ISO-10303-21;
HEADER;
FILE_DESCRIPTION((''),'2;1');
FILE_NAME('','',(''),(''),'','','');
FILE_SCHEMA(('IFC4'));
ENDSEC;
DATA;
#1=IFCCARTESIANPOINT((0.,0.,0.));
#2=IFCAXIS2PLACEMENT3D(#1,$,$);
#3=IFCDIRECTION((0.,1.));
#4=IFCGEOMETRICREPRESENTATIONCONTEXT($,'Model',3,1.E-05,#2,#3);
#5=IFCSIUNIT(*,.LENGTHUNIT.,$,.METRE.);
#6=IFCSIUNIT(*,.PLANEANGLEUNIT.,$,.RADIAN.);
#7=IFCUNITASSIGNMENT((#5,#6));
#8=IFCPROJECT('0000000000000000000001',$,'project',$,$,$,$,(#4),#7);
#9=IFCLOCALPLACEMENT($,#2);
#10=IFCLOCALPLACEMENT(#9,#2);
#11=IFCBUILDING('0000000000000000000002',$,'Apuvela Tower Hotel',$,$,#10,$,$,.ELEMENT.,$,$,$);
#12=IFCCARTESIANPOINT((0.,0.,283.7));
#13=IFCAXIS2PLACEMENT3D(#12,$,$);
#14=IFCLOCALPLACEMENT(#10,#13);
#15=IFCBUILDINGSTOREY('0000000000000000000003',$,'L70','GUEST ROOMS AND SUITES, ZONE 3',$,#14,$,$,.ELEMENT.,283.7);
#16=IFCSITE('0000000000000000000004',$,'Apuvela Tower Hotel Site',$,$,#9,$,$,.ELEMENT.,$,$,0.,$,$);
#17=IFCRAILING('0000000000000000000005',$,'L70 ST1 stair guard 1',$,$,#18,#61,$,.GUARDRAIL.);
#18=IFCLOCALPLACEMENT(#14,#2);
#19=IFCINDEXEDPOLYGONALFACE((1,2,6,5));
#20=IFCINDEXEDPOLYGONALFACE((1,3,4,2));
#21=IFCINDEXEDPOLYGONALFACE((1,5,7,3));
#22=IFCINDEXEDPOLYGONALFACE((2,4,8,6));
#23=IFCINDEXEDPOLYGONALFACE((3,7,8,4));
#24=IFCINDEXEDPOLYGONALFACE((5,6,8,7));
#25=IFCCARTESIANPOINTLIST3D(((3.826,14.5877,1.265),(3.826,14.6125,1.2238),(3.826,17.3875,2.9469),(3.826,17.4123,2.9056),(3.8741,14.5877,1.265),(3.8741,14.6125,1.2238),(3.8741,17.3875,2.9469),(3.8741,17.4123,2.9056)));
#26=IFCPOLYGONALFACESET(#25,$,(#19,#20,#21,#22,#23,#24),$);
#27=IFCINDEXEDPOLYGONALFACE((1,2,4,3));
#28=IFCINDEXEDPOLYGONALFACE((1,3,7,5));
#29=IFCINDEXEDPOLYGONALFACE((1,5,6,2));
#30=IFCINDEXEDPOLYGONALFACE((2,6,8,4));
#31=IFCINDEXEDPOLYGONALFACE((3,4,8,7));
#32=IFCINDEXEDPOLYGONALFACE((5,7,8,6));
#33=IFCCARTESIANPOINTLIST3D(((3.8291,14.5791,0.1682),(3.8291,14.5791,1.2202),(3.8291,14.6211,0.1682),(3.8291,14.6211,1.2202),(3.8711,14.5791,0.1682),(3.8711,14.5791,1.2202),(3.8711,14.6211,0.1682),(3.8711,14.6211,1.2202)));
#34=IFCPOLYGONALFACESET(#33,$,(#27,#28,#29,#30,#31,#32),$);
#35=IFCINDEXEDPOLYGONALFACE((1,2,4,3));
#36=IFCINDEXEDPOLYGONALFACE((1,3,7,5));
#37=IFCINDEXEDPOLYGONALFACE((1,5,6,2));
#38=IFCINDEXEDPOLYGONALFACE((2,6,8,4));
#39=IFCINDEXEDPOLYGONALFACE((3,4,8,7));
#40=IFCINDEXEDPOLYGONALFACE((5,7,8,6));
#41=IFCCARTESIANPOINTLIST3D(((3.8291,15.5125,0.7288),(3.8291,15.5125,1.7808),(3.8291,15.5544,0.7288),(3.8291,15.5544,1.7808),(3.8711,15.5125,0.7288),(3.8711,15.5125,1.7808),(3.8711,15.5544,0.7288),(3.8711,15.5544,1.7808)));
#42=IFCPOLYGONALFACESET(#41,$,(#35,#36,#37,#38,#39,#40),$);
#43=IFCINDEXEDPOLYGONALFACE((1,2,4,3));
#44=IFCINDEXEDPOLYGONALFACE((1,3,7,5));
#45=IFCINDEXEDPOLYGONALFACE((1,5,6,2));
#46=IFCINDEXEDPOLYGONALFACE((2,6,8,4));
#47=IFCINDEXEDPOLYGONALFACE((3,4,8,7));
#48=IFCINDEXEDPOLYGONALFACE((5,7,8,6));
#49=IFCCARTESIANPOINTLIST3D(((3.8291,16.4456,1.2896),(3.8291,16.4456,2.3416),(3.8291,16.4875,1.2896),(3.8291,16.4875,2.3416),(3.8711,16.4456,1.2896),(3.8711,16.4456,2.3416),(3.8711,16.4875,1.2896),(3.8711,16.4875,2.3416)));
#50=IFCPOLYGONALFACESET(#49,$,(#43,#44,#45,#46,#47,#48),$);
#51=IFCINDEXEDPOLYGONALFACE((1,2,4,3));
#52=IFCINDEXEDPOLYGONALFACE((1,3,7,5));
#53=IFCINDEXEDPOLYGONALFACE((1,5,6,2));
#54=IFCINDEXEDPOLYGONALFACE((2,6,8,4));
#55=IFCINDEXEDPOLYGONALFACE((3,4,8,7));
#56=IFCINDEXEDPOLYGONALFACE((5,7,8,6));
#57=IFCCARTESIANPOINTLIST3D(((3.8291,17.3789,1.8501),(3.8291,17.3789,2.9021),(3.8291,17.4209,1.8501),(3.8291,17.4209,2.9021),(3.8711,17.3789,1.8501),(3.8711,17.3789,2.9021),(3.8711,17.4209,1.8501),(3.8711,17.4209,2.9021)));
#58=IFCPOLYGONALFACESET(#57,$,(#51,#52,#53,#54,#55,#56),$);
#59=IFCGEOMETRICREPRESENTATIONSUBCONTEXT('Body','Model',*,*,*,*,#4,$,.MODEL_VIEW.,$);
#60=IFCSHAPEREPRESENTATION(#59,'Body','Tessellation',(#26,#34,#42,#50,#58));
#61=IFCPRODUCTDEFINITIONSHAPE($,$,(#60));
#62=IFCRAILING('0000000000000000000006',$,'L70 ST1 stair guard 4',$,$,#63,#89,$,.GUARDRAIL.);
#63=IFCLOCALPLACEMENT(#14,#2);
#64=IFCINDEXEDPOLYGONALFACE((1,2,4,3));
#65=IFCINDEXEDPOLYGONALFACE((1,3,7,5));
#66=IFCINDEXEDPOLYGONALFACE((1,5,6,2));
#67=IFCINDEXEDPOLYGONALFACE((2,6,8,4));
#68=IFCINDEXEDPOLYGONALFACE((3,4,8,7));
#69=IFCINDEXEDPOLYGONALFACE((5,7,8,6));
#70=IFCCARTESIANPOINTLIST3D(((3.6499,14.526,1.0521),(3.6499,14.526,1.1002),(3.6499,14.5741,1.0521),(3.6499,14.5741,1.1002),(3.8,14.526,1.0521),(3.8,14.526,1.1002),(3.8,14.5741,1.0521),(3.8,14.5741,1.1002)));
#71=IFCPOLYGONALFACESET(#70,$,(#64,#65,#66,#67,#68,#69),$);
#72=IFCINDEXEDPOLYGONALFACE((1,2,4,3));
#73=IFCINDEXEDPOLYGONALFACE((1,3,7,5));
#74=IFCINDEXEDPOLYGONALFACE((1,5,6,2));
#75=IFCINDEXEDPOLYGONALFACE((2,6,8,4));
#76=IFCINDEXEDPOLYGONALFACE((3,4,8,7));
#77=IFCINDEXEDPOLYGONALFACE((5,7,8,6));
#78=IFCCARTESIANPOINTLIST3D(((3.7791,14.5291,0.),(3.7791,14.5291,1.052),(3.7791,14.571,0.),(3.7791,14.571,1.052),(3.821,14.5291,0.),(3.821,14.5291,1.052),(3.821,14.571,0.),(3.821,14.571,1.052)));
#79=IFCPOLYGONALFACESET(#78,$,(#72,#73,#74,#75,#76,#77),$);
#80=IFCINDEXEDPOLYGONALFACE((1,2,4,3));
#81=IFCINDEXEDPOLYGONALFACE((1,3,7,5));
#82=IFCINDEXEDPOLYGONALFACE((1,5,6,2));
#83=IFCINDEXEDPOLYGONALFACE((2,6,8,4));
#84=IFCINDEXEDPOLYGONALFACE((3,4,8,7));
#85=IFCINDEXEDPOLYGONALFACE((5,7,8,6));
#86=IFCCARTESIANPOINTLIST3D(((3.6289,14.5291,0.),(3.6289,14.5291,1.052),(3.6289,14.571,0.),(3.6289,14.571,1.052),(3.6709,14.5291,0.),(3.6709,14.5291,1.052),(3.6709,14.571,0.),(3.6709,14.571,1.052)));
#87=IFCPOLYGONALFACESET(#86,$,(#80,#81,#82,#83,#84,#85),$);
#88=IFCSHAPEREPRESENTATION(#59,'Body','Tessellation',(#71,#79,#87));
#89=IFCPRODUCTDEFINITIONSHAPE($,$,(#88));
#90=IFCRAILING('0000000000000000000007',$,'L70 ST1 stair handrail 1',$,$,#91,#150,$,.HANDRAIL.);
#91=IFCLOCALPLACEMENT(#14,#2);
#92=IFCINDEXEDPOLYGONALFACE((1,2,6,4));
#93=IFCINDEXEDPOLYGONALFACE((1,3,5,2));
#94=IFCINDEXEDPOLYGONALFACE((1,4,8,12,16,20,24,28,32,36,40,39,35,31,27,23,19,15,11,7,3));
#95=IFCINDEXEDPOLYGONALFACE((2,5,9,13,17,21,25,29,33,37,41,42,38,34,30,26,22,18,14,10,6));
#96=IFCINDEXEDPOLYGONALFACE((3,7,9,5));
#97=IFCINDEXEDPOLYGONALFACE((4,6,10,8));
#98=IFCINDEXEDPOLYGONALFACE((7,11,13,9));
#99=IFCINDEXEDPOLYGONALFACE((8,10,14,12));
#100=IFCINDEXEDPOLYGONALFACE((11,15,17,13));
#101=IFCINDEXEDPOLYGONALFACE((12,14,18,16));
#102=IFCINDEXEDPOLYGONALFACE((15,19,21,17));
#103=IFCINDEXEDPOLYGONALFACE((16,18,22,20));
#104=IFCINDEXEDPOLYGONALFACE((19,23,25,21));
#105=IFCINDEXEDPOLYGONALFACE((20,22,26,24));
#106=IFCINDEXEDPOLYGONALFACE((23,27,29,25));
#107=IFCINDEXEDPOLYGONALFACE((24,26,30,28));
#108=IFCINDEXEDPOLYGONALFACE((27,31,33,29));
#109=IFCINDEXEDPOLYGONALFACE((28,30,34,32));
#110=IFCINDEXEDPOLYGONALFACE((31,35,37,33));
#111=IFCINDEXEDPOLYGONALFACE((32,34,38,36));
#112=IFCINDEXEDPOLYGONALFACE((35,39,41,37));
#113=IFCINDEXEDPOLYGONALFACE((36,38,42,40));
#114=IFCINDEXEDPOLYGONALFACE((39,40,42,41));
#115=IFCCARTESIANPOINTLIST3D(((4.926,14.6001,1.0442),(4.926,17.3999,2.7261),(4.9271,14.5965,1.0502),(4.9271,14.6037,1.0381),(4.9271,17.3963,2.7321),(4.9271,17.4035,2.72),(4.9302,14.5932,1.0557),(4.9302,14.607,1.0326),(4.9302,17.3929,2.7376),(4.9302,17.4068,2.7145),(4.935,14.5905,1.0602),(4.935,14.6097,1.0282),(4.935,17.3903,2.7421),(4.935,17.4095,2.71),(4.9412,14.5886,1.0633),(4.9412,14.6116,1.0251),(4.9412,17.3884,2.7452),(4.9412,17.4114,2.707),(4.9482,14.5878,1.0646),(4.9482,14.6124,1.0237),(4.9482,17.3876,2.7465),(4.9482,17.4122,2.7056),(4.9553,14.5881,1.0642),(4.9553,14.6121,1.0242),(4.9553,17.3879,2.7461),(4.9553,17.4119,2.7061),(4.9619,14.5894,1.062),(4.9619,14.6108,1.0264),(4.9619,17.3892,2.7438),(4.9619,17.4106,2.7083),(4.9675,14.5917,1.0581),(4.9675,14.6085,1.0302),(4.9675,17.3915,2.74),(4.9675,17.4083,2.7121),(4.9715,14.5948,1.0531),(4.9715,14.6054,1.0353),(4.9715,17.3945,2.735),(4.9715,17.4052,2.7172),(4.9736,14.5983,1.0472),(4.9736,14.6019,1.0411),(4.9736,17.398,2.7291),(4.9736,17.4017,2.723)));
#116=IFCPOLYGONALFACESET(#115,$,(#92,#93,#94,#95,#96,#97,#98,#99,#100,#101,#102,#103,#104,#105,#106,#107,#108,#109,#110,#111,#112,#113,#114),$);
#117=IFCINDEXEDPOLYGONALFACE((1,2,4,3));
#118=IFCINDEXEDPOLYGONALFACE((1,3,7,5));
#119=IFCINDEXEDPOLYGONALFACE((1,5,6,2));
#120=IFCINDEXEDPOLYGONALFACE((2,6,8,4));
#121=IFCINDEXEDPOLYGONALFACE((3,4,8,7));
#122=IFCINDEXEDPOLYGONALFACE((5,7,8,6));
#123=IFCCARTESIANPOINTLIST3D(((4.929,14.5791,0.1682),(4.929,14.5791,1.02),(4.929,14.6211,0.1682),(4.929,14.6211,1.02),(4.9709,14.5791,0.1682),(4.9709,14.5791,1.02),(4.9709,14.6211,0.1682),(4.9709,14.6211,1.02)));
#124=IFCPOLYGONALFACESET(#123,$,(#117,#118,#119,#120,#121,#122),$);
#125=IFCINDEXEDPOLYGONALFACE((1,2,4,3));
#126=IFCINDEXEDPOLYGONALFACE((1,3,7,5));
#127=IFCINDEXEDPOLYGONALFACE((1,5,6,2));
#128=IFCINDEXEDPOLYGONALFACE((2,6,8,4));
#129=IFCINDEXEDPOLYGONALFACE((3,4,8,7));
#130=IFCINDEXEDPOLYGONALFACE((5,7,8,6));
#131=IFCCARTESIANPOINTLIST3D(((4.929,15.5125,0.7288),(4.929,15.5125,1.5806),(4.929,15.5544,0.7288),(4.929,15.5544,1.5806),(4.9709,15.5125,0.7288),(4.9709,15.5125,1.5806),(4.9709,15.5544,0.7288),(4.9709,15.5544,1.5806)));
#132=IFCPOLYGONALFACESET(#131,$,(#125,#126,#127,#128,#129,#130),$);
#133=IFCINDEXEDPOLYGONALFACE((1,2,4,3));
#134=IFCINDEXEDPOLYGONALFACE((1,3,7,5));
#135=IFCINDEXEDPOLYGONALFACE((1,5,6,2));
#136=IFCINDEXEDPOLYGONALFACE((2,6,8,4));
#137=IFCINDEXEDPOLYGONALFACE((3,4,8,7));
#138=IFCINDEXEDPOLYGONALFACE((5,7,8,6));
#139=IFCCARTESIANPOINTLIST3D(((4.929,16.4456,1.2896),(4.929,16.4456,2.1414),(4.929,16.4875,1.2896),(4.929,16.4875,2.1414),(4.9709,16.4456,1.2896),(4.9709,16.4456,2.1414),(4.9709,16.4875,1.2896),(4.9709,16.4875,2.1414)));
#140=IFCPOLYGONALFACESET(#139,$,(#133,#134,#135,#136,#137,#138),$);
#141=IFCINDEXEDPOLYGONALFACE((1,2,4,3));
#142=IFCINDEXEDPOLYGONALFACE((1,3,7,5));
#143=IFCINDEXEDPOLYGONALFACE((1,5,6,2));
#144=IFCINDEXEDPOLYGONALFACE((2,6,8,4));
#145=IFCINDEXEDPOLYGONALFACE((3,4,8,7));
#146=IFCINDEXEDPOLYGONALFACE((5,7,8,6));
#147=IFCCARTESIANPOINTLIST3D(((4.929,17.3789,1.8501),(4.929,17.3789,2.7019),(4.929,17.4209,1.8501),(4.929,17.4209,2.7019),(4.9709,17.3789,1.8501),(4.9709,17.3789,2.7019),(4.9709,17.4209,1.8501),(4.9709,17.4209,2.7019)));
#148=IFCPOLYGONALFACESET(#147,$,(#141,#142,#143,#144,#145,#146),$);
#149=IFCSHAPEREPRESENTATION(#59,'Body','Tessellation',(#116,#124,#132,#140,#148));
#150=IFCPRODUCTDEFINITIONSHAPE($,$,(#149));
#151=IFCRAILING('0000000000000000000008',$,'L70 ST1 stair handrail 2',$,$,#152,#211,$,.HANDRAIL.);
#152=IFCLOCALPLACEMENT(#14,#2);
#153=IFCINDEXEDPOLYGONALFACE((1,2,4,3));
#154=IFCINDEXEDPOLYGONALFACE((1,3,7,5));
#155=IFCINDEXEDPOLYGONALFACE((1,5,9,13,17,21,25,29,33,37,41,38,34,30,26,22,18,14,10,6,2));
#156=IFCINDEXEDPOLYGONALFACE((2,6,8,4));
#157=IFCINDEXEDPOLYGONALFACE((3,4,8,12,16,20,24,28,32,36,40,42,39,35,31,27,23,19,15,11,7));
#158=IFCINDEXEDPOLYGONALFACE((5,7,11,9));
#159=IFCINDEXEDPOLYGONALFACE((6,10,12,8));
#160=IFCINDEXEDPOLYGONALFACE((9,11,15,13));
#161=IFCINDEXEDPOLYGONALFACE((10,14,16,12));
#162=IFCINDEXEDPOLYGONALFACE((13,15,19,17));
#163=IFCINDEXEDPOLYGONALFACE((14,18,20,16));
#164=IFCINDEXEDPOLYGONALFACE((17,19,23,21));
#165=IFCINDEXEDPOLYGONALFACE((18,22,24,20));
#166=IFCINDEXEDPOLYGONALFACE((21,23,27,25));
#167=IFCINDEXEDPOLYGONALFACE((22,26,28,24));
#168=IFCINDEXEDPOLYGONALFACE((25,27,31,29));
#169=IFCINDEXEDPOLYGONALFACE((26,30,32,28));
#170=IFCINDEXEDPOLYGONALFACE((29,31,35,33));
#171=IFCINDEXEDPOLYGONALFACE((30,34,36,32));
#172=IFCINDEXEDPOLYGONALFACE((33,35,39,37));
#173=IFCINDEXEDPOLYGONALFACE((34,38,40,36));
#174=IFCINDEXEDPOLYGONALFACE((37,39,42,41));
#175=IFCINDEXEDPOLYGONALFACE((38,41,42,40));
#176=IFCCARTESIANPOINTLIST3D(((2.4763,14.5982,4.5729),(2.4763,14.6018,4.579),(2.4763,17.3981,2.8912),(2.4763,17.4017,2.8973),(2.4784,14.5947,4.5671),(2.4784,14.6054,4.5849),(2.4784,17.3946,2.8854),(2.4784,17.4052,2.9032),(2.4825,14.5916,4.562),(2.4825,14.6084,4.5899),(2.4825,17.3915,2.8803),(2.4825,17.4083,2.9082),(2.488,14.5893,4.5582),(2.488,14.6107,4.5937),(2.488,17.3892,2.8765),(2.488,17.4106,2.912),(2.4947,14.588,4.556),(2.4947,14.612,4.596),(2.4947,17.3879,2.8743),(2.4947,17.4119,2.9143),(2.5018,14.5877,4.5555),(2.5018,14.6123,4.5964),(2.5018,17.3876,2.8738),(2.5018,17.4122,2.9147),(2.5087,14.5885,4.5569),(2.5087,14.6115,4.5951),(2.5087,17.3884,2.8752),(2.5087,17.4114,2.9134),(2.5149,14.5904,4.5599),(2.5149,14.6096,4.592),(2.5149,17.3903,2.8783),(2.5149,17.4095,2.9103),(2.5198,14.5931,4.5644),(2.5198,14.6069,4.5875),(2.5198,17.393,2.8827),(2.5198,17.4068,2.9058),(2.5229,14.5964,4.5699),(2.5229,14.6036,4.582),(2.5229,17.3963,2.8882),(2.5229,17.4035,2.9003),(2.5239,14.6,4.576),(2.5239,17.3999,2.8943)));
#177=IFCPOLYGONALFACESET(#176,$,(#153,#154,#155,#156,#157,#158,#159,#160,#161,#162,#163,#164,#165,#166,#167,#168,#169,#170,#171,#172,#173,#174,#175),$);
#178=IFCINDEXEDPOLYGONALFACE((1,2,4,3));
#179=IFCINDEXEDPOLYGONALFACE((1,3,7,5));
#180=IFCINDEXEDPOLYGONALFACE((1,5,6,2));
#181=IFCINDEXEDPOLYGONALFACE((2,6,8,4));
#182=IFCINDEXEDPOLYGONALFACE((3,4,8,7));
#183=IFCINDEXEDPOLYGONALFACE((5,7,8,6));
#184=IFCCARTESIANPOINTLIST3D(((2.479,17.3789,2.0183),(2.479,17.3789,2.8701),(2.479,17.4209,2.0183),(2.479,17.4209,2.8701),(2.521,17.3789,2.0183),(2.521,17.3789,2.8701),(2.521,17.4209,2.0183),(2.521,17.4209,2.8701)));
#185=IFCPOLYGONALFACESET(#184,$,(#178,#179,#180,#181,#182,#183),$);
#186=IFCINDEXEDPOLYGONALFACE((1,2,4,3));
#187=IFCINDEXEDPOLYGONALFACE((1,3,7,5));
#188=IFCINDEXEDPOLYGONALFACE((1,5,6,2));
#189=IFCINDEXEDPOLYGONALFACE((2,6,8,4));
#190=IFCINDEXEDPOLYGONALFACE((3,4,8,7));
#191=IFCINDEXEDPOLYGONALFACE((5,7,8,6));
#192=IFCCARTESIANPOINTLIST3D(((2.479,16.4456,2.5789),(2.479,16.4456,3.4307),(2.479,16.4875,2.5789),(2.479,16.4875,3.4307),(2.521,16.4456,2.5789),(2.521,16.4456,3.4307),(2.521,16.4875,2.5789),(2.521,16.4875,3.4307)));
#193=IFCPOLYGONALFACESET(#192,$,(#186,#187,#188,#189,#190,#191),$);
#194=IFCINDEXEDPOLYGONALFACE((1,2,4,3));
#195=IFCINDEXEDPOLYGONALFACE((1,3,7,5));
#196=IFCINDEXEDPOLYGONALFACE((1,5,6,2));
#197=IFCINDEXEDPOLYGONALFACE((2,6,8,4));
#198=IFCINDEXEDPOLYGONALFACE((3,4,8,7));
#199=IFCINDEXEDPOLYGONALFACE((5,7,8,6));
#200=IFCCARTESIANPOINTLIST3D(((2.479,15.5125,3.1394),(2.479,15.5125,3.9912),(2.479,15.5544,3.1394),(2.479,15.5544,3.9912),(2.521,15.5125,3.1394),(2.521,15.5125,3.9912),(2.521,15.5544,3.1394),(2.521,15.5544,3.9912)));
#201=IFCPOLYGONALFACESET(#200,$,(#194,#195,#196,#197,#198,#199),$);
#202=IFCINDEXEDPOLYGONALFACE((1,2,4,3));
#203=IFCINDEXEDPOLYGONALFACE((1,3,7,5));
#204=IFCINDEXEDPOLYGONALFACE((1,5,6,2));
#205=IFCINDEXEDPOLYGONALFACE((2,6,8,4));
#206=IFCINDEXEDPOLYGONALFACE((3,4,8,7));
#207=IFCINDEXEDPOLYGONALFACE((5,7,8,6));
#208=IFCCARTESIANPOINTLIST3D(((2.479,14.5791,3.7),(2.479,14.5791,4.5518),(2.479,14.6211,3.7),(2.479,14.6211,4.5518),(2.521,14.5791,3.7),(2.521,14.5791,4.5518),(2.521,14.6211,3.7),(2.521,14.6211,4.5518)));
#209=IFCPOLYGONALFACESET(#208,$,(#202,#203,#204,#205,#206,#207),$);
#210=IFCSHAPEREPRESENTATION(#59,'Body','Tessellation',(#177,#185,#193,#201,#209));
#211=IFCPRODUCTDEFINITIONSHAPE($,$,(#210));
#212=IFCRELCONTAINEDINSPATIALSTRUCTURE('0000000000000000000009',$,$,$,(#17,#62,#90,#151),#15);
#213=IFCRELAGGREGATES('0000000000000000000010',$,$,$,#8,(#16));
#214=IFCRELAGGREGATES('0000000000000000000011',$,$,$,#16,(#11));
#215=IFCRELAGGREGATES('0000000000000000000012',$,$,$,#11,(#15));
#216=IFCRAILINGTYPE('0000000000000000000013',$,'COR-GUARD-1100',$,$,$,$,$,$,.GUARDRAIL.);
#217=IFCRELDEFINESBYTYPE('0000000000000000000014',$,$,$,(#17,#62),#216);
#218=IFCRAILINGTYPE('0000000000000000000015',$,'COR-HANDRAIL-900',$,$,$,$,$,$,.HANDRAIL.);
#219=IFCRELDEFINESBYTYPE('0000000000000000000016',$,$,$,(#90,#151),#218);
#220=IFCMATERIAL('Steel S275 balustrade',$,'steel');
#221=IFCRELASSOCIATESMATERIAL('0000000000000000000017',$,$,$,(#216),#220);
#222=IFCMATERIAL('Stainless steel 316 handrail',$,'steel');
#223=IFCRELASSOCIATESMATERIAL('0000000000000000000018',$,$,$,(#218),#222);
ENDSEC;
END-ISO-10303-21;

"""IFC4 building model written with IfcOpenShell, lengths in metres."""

from ifc_helpers import new_model, si_unit, direction, frame, origin, origin_2d, place, context, subcontext, project, spatial, rectangle, circle, extrude, material, type_object, element, save


model = new_model("IFC4")

# Units and contexts
model_context = context("Model", 3, precision=1e-05, world=origin(), true_north=direction((0.0, 1.0)))
body_context = subcontext(model_context, "Body", "Model", "MODEL_VIEW")
ifc_project = project(units=[si_unit("LENGTHUNIT", "METRE"), si_unit("PLANEANGLEUNIT", "RADIAN")], contexts=[model_context])

# Site, building, storey
site_placement = place(None, origin())
site = spatial("IfcSite", under=ifc_project, at=site_placement, Name="Apuvela Tower Hotel Site", CompositionType="ELEMENT", RefElevation=0.0)
building_placement = place(site_placement, origin())
building = spatial("IfcBuilding", under=site, at=building_placement, Name="Apuvela Tower Hotel", CompositionType="ELEMENT")
storey_placement = place(building_placement, frame((0.0, 0.0, 283.7)))
storey = spatial("IfcBuildingStorey", under=building, at=storey_placement, Name="L70", Description="GUEST ROOMS AND SUITES, ZONE 3", CompositionType="ELEMENT", Elevation=283.7)

# Railings
ifc_material_1 = material(Name="Steel S275 balustrade", Category="steel")
railing_type_1 = type_object("IfcRailingType", Name="COR-GUARD-1100", PredefinedType="GUARDRAIL", material=ifc_material_1)
railing_1_placement = place(storey_placement, frame((3.8501, 14.6001, 0.1682)))
element("IfcRailing", 1, at=railing_1_placement, inside=storey, type_object=railing_type_1, Name="L70 ST1 stair guard 1", PredefinedType="GUARDRAIL", context=body_context, shape_type="SweptSolid", body=[
    extrude(rectangle(XDim=0.0481, YDim=0.0481, at=origin_2d()), frame((0.0, 0.0, 1.0762), z_axis=(0.0, 0.857222, 0.514946), x_axis=(-1.0, 0.0, 0.0)), (0.0, 0.0, 1.0), 3.2661),
    extrude(rectangle(XDim=0.042, YDim=0.042, at=origin_2d()), origin(), (0.0, 0.0, 1.0), 1.052),
    extrude(rectangle(XDim=0.042, YDim=0.042, at=origin_2d()), frame((0.0, 0.9333, 0.5605)), (0.0, 0.0, 1.0), 1.052),
    extrude(rectangle(XDim=0.042, YDim=0.042, at=origin_2d()), frame((0.0, 1.8665, 1.1213)), (0.0, 0.0, 1.0), 1.052),
    extrude(rectangle(XDim=0.042, YDim=0.042, at=origin_2d()), frame((0.0, 2.7998, 1.6819)), (0.0, 0.0, 1.0), 1.052),
])
railing_2_placement = place(storey_placement, frame((3.8, 14.55, 0.0)))
element("IfcRailing", 2, at=railing_2_placement, inside=storey, type_object=railing_type_1, Name="L70 ST1 stair guard 4", PredefinedType="GUARDRAIL", context=body_context, shape_type="SweptSolid", body=[
    extrude(rectangle(XDim=0.0481, YDim=0.0481, at=origin_2d()), frame((0.0, 0.0, 1.0762), z_axis=(-1.0, 0.0, 0.0), x_axis=(0.0, -1.0, 0.0)), (0.0, 0.0, 1.0), 0.1501),
    extrude(rectangle(XDim=0.042, YDim=0.042, at=origin_2d()), origin(), (0.0, 0.0, 1.0), 1.052),
    extrude(rectangle(XDim=0.042, YDim=0.042, at=origin_2d()), frame((-0.1501, 0.0, 0.0)), (0.0, 0.0, 1.0), 1.052),
])
ifc_material_2 = material(Name="Stainless steel 316 handrail", Category="steel")
railing_type_2 = type_object("IfcRailingType", Name="COR-HANDRAIL-900", PredefinedType="HANDRAIL", material=ifc_material_2)
railing_3_placement = place(storey_placement, frame((4.95, 14.6001, 0.1682)))
element("IfcRailing", 3, at=railing_3_placement, inside=storey, type_object=railing_type_2, Name="L70 ST1 stair handrail 1", PredefinedType="HANDRAIL", context=body_context, shape_type="SweptSolid", body=[
    extrude(circle(Radius=0.0239, at=origin_2d()), frame((0.0, 0.0, 0.876), z_axis=(0.0, 0.857222, 0.514946), x_axis=(-1.0, 0.0, 0.0)), (0.0, 0.0, 1.0), 3.2661),
    extrude(rectangle(XDim=0.042, YDim=0.042, at=origin_2d()), origin(), (0.0, 0.0, 1.0), 0.8518),
    extrude(rectangle(XDim=0.042, YDim=0.042, at=origin_2d()), frame((0.0, 0.9333, 0.5605)), (0.0, 0.0, 1.0), 0.8518),
    extrude(rectangle(XDim=0.042, YDim=0.042, at=origin_2d()), frame((0.0, 1.8665, 1.1213)), (0.0, 0.0, 1.0), 0.8518),
    extrude(rectangle(XDim=0.042, YDim=0.042, at=origin_2d()), frame((0.0, 2.7998, 1.6819)), (0.0, 0.0, 1.0), 0.8518),
])
railing_4_placement = place(storey_placement, frame((2.5, 17.3999, 2.0183)))
element("IfcRailing", 4, at=railing_4_placement, inside=storey, type_object=railing_type_2, Name="L70 ST1 stair handrail 2", PredefinedType="HANDRAIL", context=body_context, shape_type="SweptSolid", body=[
    extrude(circle(Radius=0.0239, at=origin_2d()), frame((0.0, 0.0, 0.876), z_axis=(0.0, -0.857255, 0.514891), x_axis=(1.0, 0.0, 0.0)), (0.0, 0.0, 1.0), 3.2661),
    extrude(rectangle(XDim=0.042, YDim=0.042, at=origin_2d()), origin(), (0.0, 0.0, 1.0), 0.8518),
    extrude(rectangle(XDim=0.042, YDim=0.042, at=origin_2d()), frame((0.0, -0.9333, 0.5605)), (0.0, 0.0, 1.0), 0.8518),
    extrude(rectangle(XDim=0.042, YDim=0.042, at=origin_2d()), frame((0.0, -1.8665, 1.1211)), (0.0, 0.0, 1.0), 0.8518),
    extrude(rectangle(XDim=0.042, YDim=0.042, at=origin_2d()), frame((0.0, -2.7998, 1.6816)), (0.0, 0.0, 1.0), 0.8518),
])

save(model, "model.ifc")
